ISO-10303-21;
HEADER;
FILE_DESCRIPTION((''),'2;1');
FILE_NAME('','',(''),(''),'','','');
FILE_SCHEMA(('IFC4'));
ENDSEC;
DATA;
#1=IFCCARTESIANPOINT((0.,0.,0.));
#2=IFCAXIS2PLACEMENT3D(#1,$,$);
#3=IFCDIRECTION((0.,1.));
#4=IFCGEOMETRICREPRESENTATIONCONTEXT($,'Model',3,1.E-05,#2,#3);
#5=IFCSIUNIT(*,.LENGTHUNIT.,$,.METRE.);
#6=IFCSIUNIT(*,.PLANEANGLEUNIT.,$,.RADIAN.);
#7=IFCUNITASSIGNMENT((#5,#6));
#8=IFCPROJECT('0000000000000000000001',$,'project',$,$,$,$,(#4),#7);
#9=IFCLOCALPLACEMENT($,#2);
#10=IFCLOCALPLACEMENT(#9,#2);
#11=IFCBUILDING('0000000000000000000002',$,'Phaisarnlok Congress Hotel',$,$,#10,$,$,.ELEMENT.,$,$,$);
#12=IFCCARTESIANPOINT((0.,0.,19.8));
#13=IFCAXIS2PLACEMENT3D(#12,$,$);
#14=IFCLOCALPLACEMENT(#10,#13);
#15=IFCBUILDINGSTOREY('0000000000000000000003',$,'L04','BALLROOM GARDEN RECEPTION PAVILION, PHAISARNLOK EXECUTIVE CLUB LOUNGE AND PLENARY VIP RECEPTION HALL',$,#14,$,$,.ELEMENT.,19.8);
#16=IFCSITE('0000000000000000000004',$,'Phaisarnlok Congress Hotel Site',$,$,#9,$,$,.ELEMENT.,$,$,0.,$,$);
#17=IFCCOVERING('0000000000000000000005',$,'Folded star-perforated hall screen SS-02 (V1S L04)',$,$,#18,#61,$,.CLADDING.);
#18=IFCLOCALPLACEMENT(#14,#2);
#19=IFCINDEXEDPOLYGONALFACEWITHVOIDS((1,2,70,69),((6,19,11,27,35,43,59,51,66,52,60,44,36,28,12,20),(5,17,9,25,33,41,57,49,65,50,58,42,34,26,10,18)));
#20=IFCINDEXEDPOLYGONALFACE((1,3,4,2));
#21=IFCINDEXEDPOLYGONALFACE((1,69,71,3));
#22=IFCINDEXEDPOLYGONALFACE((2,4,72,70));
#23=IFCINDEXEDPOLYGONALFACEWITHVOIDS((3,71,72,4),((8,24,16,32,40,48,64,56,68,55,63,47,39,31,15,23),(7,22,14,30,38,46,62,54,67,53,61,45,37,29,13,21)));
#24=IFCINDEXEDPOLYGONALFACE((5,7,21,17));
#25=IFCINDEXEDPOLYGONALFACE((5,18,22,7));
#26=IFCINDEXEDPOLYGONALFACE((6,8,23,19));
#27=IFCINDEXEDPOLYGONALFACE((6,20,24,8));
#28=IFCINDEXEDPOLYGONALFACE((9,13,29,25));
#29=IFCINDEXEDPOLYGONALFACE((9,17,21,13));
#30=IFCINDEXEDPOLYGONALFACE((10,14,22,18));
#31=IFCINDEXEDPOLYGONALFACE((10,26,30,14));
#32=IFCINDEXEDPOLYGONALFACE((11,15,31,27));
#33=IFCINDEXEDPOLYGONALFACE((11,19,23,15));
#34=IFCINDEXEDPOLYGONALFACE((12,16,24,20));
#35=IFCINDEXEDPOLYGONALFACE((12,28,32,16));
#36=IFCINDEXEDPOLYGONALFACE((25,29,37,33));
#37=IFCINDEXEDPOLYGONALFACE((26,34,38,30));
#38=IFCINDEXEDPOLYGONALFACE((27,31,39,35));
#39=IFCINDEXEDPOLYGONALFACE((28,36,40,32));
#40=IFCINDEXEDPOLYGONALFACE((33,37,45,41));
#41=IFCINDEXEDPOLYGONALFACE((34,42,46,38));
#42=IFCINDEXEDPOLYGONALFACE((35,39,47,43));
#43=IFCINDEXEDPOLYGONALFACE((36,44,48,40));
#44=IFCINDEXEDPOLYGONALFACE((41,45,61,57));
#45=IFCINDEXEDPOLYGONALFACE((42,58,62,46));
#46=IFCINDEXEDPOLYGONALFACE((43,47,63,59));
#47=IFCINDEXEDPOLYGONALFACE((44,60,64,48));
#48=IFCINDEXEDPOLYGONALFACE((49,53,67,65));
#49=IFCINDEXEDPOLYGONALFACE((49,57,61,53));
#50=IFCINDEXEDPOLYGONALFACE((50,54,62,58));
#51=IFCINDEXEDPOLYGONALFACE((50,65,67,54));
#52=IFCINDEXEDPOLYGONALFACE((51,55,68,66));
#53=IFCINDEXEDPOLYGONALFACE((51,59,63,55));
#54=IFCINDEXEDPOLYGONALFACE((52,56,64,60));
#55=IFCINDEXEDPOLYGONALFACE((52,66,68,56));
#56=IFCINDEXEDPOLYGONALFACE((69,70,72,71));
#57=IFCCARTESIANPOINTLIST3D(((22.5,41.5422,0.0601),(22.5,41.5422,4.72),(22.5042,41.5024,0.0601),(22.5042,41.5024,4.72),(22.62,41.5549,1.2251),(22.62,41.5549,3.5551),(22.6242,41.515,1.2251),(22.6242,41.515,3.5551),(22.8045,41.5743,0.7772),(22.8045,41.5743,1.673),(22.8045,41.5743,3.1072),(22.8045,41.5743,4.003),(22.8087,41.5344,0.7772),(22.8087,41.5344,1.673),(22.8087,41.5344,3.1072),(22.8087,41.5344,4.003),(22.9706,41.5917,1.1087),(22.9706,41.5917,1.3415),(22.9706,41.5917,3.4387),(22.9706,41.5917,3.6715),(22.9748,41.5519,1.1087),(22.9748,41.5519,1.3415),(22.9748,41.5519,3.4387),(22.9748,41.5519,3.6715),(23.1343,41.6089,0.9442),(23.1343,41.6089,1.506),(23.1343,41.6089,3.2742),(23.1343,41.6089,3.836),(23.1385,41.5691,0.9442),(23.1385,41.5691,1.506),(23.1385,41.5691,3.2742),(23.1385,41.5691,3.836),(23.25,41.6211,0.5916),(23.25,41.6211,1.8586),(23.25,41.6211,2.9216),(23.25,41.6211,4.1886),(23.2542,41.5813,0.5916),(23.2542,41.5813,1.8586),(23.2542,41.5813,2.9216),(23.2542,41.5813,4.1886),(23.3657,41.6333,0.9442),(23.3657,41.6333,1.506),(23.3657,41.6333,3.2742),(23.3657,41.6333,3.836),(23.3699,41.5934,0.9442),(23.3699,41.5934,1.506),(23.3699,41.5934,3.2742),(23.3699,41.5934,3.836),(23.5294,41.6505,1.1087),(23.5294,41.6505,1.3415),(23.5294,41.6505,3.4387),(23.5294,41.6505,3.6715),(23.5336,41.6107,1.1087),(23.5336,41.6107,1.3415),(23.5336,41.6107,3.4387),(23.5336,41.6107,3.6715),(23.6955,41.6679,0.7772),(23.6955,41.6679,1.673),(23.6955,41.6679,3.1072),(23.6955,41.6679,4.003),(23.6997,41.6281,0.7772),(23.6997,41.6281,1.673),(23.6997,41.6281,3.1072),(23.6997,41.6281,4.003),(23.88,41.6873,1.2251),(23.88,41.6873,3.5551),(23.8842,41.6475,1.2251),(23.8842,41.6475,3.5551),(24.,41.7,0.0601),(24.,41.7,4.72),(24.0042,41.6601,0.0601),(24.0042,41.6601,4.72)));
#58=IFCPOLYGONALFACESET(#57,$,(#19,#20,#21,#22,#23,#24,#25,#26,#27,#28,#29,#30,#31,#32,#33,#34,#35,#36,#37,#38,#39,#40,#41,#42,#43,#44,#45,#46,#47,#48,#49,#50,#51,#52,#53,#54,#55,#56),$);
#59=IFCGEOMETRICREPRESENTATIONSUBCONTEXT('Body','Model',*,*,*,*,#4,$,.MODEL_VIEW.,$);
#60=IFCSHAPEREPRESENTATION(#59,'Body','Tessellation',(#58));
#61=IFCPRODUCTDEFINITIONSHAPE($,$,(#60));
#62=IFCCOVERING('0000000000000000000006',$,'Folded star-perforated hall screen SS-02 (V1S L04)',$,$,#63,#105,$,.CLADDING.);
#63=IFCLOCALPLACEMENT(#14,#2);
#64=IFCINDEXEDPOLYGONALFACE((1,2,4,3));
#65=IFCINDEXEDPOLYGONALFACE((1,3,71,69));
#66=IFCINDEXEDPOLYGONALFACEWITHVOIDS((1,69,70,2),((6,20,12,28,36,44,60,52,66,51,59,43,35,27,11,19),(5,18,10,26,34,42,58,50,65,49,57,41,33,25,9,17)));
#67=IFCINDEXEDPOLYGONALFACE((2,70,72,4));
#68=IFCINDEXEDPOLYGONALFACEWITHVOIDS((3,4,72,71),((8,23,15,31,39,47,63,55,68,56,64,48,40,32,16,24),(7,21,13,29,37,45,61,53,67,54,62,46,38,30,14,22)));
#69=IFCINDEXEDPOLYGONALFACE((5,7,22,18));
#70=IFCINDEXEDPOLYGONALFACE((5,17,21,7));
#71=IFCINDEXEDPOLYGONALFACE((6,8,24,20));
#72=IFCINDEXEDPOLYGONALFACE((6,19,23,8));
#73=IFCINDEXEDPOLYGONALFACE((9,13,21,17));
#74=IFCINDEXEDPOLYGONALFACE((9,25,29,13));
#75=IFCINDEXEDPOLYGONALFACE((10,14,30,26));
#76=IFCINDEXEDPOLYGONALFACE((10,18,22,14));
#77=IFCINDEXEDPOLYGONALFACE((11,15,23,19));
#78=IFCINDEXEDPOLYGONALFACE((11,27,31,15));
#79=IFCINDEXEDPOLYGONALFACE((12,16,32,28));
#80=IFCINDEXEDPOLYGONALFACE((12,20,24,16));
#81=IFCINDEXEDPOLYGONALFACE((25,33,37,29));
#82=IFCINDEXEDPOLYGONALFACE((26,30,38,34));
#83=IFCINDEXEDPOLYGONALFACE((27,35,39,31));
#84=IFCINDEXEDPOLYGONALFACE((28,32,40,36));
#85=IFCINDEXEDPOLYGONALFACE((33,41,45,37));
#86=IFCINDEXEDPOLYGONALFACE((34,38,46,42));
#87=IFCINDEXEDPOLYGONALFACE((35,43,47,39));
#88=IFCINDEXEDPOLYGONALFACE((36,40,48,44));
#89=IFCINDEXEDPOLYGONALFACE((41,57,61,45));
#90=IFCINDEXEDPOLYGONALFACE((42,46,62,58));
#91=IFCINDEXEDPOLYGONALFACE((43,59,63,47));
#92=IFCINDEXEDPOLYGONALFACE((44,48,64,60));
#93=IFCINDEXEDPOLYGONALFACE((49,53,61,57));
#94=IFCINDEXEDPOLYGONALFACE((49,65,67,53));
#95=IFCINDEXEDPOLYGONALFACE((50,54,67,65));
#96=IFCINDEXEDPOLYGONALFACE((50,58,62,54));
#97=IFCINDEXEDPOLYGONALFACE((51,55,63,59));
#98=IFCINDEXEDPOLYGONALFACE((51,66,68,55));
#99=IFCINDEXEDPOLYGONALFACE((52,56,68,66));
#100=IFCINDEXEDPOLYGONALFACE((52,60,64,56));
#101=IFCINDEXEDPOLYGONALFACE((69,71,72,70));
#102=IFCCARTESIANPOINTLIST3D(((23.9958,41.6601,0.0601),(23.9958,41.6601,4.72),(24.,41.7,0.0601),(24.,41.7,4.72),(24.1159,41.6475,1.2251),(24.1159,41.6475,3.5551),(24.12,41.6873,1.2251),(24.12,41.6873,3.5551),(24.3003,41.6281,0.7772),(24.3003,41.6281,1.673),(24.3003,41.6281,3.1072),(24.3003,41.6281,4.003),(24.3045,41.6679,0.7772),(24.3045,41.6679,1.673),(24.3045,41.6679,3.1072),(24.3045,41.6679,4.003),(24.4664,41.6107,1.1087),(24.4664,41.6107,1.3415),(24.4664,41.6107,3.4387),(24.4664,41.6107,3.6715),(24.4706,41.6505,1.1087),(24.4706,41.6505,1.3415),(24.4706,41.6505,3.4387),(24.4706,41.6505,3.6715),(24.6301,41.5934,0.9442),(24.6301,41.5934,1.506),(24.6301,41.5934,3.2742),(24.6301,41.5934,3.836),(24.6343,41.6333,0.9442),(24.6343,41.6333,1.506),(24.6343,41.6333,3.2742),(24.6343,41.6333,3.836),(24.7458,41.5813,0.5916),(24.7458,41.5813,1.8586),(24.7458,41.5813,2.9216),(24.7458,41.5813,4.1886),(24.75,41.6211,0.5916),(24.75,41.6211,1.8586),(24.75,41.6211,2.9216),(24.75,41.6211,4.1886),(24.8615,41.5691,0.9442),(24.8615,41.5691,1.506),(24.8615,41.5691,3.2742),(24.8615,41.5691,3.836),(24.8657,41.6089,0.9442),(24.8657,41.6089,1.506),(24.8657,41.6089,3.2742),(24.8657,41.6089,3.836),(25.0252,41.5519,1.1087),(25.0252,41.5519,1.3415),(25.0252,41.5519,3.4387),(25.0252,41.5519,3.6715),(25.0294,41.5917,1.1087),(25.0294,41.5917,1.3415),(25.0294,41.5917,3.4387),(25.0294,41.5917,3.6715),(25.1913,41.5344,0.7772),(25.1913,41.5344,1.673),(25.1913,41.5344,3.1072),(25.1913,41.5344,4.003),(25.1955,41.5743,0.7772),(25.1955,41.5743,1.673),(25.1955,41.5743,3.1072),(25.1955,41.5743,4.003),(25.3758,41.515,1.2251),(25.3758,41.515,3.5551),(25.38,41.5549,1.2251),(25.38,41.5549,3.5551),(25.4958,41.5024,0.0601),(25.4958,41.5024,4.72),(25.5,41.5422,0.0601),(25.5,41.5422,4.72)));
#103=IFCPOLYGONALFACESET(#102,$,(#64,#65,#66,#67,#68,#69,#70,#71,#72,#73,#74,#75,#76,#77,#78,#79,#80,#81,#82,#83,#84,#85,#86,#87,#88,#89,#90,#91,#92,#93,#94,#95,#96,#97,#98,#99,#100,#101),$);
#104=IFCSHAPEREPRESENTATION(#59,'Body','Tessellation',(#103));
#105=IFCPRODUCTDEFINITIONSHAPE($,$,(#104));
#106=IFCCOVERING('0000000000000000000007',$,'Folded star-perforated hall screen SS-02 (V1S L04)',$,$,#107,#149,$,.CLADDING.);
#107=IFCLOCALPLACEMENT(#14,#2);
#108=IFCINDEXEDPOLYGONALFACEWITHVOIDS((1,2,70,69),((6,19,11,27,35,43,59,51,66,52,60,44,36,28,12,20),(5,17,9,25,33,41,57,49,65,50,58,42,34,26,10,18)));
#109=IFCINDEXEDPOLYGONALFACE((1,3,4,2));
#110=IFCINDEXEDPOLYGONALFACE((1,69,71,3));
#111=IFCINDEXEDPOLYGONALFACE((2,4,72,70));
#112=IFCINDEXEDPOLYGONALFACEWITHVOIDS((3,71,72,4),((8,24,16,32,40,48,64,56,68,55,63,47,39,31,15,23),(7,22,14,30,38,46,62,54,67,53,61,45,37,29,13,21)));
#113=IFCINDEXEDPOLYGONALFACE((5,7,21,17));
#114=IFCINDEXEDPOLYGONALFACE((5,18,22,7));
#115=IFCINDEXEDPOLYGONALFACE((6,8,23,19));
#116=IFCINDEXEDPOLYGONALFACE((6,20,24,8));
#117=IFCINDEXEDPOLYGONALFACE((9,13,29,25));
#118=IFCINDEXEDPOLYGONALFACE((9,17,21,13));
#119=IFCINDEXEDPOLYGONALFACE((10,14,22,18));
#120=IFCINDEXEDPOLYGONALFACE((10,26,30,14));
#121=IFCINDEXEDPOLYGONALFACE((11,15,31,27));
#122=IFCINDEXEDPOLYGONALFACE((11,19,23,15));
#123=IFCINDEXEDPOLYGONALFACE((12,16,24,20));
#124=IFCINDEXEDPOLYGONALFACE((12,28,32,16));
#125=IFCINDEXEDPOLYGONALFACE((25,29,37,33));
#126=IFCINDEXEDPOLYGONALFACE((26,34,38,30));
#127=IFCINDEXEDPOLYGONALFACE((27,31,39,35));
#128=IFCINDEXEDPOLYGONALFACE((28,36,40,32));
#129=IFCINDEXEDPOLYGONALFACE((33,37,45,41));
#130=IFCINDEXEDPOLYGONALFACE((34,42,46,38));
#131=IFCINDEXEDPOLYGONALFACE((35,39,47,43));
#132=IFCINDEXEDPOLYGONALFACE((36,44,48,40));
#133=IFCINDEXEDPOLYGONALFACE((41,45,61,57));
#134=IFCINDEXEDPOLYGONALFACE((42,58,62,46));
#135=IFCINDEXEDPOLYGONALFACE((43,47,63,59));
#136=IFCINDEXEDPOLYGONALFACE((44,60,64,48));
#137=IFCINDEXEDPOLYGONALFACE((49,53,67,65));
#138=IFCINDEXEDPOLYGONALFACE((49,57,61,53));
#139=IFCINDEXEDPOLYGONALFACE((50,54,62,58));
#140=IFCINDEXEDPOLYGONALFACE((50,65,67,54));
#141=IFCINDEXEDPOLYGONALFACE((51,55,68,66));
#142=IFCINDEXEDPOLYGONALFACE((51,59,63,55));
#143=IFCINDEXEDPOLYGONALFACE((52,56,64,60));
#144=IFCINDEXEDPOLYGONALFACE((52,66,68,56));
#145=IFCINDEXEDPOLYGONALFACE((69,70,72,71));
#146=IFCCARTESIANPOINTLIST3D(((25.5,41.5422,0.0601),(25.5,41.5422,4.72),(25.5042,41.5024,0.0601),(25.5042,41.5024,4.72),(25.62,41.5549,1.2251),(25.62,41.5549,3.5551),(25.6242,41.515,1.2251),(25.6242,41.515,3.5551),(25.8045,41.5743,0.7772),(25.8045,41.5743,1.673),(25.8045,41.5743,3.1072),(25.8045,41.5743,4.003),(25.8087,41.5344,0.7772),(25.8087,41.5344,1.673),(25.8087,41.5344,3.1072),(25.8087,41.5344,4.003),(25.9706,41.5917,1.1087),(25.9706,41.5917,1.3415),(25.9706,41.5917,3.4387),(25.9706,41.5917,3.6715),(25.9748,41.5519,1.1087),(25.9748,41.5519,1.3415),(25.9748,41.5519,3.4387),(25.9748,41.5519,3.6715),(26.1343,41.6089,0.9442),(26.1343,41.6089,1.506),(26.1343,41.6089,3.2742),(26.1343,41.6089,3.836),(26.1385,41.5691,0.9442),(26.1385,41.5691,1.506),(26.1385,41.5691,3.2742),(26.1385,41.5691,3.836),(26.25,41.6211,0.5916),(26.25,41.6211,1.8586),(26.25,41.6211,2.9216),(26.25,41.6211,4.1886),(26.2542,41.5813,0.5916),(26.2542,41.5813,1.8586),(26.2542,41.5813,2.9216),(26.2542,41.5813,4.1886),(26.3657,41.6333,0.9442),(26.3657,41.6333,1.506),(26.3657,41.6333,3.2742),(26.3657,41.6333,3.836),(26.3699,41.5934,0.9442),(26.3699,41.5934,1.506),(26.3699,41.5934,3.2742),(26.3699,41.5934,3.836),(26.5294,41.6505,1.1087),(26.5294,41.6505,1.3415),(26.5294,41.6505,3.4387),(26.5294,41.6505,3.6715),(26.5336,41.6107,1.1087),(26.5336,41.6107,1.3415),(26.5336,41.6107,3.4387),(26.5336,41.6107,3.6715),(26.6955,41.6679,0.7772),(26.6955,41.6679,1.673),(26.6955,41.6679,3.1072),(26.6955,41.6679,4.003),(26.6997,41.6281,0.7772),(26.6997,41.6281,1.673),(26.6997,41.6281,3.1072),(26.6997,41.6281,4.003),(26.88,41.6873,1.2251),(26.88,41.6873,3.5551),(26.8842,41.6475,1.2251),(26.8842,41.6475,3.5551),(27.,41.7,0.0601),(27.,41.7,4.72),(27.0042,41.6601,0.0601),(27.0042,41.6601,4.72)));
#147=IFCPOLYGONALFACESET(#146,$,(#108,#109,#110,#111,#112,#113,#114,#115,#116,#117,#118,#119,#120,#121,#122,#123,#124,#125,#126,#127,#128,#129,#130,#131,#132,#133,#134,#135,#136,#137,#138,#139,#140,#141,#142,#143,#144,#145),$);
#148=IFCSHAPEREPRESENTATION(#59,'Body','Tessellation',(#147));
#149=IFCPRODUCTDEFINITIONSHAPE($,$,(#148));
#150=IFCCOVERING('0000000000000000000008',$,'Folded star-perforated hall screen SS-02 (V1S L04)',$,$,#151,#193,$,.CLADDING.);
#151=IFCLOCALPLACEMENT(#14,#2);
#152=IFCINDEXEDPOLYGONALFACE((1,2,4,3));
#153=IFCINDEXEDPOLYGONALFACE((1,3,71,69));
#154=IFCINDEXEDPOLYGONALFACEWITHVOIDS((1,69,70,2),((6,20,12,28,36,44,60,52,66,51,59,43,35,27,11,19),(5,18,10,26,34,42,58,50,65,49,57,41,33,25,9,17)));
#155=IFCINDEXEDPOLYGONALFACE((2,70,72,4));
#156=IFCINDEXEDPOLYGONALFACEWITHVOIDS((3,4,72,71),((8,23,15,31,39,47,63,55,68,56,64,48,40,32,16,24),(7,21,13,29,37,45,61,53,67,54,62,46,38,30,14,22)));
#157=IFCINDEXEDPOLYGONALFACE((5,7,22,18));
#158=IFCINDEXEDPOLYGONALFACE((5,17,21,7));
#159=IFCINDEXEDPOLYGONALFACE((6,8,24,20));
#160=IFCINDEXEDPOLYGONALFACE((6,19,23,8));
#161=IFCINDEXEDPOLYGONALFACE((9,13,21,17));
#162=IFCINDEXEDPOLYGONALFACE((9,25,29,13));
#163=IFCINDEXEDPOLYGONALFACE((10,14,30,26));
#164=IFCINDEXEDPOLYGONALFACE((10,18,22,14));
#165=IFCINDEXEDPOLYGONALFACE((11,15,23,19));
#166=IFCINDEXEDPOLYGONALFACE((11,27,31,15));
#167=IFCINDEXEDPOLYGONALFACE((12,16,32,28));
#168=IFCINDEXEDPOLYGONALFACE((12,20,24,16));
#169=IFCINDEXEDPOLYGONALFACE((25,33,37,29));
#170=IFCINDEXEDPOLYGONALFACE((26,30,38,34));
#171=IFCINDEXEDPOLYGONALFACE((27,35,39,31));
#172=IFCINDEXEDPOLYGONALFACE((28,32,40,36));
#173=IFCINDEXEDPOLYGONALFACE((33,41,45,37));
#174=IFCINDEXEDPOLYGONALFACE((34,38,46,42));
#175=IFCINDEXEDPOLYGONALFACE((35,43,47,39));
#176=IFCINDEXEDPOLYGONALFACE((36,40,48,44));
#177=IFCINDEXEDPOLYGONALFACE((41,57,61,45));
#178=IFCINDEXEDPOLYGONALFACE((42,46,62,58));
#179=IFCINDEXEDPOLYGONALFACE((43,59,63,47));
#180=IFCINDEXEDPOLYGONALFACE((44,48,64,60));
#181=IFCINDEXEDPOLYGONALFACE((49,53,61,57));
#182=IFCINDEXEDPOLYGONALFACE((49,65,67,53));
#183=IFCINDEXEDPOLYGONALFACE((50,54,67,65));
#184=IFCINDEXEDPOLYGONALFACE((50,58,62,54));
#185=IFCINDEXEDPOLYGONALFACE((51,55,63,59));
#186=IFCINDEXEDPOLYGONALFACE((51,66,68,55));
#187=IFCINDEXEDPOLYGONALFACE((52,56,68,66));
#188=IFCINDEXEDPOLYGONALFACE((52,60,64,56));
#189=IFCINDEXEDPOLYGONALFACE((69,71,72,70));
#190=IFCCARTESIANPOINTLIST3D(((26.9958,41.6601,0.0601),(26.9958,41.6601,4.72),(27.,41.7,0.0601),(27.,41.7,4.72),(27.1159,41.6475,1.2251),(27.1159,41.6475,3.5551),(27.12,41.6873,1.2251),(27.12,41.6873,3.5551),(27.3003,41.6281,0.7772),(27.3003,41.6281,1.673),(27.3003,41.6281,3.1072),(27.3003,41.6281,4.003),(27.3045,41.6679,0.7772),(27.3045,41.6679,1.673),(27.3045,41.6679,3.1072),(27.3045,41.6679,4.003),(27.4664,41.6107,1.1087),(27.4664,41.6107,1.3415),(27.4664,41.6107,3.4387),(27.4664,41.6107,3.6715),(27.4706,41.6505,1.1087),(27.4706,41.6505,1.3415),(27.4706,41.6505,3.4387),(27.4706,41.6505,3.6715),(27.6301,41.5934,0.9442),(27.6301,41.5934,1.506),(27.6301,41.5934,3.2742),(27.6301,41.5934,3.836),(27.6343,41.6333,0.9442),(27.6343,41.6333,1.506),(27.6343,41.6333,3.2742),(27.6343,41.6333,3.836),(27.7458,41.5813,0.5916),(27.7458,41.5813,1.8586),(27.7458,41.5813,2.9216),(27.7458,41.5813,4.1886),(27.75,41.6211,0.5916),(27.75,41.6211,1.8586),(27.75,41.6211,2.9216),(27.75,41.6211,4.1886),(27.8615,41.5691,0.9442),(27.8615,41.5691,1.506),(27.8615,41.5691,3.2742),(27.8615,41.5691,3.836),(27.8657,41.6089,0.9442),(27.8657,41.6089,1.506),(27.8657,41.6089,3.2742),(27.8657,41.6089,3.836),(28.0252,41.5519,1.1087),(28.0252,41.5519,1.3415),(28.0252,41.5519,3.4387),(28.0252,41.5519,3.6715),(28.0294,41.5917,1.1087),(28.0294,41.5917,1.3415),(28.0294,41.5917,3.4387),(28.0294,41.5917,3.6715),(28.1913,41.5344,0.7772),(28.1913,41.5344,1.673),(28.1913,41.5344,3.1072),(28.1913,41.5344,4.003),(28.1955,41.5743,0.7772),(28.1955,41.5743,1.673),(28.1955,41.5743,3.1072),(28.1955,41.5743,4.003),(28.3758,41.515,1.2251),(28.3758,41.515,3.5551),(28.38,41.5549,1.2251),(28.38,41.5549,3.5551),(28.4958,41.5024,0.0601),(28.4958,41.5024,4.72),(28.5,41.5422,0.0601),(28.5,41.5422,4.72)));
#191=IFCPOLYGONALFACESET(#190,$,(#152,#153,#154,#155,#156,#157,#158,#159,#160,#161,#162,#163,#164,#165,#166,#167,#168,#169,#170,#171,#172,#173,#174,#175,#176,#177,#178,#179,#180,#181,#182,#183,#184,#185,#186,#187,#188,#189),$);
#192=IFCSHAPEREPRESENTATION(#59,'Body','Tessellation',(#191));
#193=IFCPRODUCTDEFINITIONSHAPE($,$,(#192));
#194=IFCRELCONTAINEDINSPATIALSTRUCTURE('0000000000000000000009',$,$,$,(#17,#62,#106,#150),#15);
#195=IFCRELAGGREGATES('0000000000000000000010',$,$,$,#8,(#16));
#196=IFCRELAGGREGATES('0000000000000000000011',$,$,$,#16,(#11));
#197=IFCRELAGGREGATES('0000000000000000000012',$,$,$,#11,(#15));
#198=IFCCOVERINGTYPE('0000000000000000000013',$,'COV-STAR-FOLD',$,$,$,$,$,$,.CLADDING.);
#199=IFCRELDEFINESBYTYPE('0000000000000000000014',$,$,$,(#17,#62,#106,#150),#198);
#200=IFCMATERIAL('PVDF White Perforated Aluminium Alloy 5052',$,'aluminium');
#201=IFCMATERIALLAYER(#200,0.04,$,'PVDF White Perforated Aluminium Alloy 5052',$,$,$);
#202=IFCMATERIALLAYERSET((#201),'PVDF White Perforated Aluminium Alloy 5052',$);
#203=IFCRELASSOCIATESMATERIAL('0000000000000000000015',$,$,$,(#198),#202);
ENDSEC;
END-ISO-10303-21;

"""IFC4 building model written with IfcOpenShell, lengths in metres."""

from ifc_helpers import new_model, si_unit, direction, frame, origin, place, context, subcontext, project, spatial, polyline, outline, extrude, material, layer, layer_set, type_object, element, save


model = new_model("IFC4")

# Units and contexts
model_context = context("Model", 3, precision=1e-05, world=origin(), true_north=direction((0.0, 1.0)))
body_context = subcontext(model_context, "Body", "Model", "MODEL_VIEW")
ifc_project = project(units=[si_unit("LENGTHUNIT", "METRE"), si_unit("PLANEANGLEUNIT", "RADIAN")], contexts=[model_context])

# Site, building, storey
site_placement = place(None, origin())
site = spatial("IfcSite", under=ifc_project, at=site_placement, Name="Phaisarnlok Congress Hotel Site", CompositionType="ELEMENT", RefElevation=0.0)
building_placement = place(site_placement, origin())
building = spatial("IfcBuilding", under=site, at=building_placement, Name="Phaisarnlok Congress Hotel", CompositionType="ELEMENT")
storey_placement = place(building_placement, frame((0.0, 0.0, 19.8)))
storey = spatial("IfcBuildingStorey", under=building, at=storey_placement, Name="L04", Description="BALLROOM GARDEN RECEPTION PAVILION, PHAISARNLOK EXECUTIVE CLUB LOUNGE AND PLENARY VIP RECEPTION HALL", CompositionType="ELEMENT", Elevation=19.8)

# Coverings
ifc_material_1 = material(Name="PVDF White Perforated Aluminium Alloy 5052", Category="aluminium")
ifc_layer_1 = layer(ifc_material_1, 0.04, Name="PVDF White Perforated Aluminium Alloy 5052")
ifc_layer_set_1 = layer_set([ifc_layer_1], Name="PVDF White Perforated Aluminium Alloy 5052")
covering_type_1 = type_object("IfcCoveringType", Name="COV-STAR-FOLD", PredefinedType="CLADDING", material=ifc_layer_set_1)
for number, where, z_axis, x_axis, name in (
    (1, (22.5, 41.5422, 0.0601), (0.104567, -0.994518, 0.0), (0.994518, 0.104567, 0.0), "Folded star-perforated hall screen SS-02 (V1S L04)"),
    (2, (24.0, 41.7, 0.0601), (-0.104567, -0.994518, 0.0), (0.994518, -0.104567, 0.0), "Folded star-perforated hall screen SS-02 (V1S L04)"),
    (3, (25.5, 41.5422, 0.0601), (0.104567, -0.994518, 0.0), (0.994518, 0.104567, 0.0), "Folded star-perforated hall screen SS-02 (V1S L04)"),
    (4, (27.0, 41.7, 0.0601), (-0.104567, -0.994518, 0.0), (0.994518, -0.104567, 0.0), "Folded star-perforated hall screen SS-02 (V1S L04)"),
):
    element("IfcCovering", number, at=place(storey_placement, frame(where, z_axis=z_axis, x_axis=x_axis)), inside=storey, type_object=covering_type_1, Name=name, PredefinedType="CLADDING", context=body_context, shape_type="SweptSolid", body=[
        extrude(outline(polyline([(0.0, 0.0), (1.5083, 0.0), (1.5083, 4.6599), (0.0, 4.6599), (0.0, 0.0)]), holes=[polyline([(1.0351, 1.0486), (1.2021, 0.7171), (0.8705, 0.8841), (0.7541, 0.5315), (0.6378, 0.8841), (0.3062, 0.7171), (0.4732, 1.0486), (0.1207, 1.165), (0.4732, 1.2814), (0.3062, 1.6129), (0.6378, 1.4459), (0.7541, 1.7985), (0.8705, 1.4459), (1.2021, 1.6129), (1.0351, 1.2814), (1.3876, 1.165), (1.0351, 1.0486)]), polyline([(1.0351, 3.3786), (1.2021, 3.0471), (0.8705, 3.2141), (0.7541, 2.8615), (0.6378, 3.2141), (0.3062, 3.0471), (0.4732, 3.3786), (0.1207, 3.495), (0.4732, 3.6114), (0.3062, 3.9429), (0.6378, 3.7759), (0.7541, 4.1285), (0.8705, 3.7759), (1.2021, 3.9429), (1.0351, 3.6114), (1.3876, 3.495), (1.0351, 3.3786)])]), origin(), (0.0, 0.0, 1.0), 0.04),
    ])

save(model, "model.ifc")
